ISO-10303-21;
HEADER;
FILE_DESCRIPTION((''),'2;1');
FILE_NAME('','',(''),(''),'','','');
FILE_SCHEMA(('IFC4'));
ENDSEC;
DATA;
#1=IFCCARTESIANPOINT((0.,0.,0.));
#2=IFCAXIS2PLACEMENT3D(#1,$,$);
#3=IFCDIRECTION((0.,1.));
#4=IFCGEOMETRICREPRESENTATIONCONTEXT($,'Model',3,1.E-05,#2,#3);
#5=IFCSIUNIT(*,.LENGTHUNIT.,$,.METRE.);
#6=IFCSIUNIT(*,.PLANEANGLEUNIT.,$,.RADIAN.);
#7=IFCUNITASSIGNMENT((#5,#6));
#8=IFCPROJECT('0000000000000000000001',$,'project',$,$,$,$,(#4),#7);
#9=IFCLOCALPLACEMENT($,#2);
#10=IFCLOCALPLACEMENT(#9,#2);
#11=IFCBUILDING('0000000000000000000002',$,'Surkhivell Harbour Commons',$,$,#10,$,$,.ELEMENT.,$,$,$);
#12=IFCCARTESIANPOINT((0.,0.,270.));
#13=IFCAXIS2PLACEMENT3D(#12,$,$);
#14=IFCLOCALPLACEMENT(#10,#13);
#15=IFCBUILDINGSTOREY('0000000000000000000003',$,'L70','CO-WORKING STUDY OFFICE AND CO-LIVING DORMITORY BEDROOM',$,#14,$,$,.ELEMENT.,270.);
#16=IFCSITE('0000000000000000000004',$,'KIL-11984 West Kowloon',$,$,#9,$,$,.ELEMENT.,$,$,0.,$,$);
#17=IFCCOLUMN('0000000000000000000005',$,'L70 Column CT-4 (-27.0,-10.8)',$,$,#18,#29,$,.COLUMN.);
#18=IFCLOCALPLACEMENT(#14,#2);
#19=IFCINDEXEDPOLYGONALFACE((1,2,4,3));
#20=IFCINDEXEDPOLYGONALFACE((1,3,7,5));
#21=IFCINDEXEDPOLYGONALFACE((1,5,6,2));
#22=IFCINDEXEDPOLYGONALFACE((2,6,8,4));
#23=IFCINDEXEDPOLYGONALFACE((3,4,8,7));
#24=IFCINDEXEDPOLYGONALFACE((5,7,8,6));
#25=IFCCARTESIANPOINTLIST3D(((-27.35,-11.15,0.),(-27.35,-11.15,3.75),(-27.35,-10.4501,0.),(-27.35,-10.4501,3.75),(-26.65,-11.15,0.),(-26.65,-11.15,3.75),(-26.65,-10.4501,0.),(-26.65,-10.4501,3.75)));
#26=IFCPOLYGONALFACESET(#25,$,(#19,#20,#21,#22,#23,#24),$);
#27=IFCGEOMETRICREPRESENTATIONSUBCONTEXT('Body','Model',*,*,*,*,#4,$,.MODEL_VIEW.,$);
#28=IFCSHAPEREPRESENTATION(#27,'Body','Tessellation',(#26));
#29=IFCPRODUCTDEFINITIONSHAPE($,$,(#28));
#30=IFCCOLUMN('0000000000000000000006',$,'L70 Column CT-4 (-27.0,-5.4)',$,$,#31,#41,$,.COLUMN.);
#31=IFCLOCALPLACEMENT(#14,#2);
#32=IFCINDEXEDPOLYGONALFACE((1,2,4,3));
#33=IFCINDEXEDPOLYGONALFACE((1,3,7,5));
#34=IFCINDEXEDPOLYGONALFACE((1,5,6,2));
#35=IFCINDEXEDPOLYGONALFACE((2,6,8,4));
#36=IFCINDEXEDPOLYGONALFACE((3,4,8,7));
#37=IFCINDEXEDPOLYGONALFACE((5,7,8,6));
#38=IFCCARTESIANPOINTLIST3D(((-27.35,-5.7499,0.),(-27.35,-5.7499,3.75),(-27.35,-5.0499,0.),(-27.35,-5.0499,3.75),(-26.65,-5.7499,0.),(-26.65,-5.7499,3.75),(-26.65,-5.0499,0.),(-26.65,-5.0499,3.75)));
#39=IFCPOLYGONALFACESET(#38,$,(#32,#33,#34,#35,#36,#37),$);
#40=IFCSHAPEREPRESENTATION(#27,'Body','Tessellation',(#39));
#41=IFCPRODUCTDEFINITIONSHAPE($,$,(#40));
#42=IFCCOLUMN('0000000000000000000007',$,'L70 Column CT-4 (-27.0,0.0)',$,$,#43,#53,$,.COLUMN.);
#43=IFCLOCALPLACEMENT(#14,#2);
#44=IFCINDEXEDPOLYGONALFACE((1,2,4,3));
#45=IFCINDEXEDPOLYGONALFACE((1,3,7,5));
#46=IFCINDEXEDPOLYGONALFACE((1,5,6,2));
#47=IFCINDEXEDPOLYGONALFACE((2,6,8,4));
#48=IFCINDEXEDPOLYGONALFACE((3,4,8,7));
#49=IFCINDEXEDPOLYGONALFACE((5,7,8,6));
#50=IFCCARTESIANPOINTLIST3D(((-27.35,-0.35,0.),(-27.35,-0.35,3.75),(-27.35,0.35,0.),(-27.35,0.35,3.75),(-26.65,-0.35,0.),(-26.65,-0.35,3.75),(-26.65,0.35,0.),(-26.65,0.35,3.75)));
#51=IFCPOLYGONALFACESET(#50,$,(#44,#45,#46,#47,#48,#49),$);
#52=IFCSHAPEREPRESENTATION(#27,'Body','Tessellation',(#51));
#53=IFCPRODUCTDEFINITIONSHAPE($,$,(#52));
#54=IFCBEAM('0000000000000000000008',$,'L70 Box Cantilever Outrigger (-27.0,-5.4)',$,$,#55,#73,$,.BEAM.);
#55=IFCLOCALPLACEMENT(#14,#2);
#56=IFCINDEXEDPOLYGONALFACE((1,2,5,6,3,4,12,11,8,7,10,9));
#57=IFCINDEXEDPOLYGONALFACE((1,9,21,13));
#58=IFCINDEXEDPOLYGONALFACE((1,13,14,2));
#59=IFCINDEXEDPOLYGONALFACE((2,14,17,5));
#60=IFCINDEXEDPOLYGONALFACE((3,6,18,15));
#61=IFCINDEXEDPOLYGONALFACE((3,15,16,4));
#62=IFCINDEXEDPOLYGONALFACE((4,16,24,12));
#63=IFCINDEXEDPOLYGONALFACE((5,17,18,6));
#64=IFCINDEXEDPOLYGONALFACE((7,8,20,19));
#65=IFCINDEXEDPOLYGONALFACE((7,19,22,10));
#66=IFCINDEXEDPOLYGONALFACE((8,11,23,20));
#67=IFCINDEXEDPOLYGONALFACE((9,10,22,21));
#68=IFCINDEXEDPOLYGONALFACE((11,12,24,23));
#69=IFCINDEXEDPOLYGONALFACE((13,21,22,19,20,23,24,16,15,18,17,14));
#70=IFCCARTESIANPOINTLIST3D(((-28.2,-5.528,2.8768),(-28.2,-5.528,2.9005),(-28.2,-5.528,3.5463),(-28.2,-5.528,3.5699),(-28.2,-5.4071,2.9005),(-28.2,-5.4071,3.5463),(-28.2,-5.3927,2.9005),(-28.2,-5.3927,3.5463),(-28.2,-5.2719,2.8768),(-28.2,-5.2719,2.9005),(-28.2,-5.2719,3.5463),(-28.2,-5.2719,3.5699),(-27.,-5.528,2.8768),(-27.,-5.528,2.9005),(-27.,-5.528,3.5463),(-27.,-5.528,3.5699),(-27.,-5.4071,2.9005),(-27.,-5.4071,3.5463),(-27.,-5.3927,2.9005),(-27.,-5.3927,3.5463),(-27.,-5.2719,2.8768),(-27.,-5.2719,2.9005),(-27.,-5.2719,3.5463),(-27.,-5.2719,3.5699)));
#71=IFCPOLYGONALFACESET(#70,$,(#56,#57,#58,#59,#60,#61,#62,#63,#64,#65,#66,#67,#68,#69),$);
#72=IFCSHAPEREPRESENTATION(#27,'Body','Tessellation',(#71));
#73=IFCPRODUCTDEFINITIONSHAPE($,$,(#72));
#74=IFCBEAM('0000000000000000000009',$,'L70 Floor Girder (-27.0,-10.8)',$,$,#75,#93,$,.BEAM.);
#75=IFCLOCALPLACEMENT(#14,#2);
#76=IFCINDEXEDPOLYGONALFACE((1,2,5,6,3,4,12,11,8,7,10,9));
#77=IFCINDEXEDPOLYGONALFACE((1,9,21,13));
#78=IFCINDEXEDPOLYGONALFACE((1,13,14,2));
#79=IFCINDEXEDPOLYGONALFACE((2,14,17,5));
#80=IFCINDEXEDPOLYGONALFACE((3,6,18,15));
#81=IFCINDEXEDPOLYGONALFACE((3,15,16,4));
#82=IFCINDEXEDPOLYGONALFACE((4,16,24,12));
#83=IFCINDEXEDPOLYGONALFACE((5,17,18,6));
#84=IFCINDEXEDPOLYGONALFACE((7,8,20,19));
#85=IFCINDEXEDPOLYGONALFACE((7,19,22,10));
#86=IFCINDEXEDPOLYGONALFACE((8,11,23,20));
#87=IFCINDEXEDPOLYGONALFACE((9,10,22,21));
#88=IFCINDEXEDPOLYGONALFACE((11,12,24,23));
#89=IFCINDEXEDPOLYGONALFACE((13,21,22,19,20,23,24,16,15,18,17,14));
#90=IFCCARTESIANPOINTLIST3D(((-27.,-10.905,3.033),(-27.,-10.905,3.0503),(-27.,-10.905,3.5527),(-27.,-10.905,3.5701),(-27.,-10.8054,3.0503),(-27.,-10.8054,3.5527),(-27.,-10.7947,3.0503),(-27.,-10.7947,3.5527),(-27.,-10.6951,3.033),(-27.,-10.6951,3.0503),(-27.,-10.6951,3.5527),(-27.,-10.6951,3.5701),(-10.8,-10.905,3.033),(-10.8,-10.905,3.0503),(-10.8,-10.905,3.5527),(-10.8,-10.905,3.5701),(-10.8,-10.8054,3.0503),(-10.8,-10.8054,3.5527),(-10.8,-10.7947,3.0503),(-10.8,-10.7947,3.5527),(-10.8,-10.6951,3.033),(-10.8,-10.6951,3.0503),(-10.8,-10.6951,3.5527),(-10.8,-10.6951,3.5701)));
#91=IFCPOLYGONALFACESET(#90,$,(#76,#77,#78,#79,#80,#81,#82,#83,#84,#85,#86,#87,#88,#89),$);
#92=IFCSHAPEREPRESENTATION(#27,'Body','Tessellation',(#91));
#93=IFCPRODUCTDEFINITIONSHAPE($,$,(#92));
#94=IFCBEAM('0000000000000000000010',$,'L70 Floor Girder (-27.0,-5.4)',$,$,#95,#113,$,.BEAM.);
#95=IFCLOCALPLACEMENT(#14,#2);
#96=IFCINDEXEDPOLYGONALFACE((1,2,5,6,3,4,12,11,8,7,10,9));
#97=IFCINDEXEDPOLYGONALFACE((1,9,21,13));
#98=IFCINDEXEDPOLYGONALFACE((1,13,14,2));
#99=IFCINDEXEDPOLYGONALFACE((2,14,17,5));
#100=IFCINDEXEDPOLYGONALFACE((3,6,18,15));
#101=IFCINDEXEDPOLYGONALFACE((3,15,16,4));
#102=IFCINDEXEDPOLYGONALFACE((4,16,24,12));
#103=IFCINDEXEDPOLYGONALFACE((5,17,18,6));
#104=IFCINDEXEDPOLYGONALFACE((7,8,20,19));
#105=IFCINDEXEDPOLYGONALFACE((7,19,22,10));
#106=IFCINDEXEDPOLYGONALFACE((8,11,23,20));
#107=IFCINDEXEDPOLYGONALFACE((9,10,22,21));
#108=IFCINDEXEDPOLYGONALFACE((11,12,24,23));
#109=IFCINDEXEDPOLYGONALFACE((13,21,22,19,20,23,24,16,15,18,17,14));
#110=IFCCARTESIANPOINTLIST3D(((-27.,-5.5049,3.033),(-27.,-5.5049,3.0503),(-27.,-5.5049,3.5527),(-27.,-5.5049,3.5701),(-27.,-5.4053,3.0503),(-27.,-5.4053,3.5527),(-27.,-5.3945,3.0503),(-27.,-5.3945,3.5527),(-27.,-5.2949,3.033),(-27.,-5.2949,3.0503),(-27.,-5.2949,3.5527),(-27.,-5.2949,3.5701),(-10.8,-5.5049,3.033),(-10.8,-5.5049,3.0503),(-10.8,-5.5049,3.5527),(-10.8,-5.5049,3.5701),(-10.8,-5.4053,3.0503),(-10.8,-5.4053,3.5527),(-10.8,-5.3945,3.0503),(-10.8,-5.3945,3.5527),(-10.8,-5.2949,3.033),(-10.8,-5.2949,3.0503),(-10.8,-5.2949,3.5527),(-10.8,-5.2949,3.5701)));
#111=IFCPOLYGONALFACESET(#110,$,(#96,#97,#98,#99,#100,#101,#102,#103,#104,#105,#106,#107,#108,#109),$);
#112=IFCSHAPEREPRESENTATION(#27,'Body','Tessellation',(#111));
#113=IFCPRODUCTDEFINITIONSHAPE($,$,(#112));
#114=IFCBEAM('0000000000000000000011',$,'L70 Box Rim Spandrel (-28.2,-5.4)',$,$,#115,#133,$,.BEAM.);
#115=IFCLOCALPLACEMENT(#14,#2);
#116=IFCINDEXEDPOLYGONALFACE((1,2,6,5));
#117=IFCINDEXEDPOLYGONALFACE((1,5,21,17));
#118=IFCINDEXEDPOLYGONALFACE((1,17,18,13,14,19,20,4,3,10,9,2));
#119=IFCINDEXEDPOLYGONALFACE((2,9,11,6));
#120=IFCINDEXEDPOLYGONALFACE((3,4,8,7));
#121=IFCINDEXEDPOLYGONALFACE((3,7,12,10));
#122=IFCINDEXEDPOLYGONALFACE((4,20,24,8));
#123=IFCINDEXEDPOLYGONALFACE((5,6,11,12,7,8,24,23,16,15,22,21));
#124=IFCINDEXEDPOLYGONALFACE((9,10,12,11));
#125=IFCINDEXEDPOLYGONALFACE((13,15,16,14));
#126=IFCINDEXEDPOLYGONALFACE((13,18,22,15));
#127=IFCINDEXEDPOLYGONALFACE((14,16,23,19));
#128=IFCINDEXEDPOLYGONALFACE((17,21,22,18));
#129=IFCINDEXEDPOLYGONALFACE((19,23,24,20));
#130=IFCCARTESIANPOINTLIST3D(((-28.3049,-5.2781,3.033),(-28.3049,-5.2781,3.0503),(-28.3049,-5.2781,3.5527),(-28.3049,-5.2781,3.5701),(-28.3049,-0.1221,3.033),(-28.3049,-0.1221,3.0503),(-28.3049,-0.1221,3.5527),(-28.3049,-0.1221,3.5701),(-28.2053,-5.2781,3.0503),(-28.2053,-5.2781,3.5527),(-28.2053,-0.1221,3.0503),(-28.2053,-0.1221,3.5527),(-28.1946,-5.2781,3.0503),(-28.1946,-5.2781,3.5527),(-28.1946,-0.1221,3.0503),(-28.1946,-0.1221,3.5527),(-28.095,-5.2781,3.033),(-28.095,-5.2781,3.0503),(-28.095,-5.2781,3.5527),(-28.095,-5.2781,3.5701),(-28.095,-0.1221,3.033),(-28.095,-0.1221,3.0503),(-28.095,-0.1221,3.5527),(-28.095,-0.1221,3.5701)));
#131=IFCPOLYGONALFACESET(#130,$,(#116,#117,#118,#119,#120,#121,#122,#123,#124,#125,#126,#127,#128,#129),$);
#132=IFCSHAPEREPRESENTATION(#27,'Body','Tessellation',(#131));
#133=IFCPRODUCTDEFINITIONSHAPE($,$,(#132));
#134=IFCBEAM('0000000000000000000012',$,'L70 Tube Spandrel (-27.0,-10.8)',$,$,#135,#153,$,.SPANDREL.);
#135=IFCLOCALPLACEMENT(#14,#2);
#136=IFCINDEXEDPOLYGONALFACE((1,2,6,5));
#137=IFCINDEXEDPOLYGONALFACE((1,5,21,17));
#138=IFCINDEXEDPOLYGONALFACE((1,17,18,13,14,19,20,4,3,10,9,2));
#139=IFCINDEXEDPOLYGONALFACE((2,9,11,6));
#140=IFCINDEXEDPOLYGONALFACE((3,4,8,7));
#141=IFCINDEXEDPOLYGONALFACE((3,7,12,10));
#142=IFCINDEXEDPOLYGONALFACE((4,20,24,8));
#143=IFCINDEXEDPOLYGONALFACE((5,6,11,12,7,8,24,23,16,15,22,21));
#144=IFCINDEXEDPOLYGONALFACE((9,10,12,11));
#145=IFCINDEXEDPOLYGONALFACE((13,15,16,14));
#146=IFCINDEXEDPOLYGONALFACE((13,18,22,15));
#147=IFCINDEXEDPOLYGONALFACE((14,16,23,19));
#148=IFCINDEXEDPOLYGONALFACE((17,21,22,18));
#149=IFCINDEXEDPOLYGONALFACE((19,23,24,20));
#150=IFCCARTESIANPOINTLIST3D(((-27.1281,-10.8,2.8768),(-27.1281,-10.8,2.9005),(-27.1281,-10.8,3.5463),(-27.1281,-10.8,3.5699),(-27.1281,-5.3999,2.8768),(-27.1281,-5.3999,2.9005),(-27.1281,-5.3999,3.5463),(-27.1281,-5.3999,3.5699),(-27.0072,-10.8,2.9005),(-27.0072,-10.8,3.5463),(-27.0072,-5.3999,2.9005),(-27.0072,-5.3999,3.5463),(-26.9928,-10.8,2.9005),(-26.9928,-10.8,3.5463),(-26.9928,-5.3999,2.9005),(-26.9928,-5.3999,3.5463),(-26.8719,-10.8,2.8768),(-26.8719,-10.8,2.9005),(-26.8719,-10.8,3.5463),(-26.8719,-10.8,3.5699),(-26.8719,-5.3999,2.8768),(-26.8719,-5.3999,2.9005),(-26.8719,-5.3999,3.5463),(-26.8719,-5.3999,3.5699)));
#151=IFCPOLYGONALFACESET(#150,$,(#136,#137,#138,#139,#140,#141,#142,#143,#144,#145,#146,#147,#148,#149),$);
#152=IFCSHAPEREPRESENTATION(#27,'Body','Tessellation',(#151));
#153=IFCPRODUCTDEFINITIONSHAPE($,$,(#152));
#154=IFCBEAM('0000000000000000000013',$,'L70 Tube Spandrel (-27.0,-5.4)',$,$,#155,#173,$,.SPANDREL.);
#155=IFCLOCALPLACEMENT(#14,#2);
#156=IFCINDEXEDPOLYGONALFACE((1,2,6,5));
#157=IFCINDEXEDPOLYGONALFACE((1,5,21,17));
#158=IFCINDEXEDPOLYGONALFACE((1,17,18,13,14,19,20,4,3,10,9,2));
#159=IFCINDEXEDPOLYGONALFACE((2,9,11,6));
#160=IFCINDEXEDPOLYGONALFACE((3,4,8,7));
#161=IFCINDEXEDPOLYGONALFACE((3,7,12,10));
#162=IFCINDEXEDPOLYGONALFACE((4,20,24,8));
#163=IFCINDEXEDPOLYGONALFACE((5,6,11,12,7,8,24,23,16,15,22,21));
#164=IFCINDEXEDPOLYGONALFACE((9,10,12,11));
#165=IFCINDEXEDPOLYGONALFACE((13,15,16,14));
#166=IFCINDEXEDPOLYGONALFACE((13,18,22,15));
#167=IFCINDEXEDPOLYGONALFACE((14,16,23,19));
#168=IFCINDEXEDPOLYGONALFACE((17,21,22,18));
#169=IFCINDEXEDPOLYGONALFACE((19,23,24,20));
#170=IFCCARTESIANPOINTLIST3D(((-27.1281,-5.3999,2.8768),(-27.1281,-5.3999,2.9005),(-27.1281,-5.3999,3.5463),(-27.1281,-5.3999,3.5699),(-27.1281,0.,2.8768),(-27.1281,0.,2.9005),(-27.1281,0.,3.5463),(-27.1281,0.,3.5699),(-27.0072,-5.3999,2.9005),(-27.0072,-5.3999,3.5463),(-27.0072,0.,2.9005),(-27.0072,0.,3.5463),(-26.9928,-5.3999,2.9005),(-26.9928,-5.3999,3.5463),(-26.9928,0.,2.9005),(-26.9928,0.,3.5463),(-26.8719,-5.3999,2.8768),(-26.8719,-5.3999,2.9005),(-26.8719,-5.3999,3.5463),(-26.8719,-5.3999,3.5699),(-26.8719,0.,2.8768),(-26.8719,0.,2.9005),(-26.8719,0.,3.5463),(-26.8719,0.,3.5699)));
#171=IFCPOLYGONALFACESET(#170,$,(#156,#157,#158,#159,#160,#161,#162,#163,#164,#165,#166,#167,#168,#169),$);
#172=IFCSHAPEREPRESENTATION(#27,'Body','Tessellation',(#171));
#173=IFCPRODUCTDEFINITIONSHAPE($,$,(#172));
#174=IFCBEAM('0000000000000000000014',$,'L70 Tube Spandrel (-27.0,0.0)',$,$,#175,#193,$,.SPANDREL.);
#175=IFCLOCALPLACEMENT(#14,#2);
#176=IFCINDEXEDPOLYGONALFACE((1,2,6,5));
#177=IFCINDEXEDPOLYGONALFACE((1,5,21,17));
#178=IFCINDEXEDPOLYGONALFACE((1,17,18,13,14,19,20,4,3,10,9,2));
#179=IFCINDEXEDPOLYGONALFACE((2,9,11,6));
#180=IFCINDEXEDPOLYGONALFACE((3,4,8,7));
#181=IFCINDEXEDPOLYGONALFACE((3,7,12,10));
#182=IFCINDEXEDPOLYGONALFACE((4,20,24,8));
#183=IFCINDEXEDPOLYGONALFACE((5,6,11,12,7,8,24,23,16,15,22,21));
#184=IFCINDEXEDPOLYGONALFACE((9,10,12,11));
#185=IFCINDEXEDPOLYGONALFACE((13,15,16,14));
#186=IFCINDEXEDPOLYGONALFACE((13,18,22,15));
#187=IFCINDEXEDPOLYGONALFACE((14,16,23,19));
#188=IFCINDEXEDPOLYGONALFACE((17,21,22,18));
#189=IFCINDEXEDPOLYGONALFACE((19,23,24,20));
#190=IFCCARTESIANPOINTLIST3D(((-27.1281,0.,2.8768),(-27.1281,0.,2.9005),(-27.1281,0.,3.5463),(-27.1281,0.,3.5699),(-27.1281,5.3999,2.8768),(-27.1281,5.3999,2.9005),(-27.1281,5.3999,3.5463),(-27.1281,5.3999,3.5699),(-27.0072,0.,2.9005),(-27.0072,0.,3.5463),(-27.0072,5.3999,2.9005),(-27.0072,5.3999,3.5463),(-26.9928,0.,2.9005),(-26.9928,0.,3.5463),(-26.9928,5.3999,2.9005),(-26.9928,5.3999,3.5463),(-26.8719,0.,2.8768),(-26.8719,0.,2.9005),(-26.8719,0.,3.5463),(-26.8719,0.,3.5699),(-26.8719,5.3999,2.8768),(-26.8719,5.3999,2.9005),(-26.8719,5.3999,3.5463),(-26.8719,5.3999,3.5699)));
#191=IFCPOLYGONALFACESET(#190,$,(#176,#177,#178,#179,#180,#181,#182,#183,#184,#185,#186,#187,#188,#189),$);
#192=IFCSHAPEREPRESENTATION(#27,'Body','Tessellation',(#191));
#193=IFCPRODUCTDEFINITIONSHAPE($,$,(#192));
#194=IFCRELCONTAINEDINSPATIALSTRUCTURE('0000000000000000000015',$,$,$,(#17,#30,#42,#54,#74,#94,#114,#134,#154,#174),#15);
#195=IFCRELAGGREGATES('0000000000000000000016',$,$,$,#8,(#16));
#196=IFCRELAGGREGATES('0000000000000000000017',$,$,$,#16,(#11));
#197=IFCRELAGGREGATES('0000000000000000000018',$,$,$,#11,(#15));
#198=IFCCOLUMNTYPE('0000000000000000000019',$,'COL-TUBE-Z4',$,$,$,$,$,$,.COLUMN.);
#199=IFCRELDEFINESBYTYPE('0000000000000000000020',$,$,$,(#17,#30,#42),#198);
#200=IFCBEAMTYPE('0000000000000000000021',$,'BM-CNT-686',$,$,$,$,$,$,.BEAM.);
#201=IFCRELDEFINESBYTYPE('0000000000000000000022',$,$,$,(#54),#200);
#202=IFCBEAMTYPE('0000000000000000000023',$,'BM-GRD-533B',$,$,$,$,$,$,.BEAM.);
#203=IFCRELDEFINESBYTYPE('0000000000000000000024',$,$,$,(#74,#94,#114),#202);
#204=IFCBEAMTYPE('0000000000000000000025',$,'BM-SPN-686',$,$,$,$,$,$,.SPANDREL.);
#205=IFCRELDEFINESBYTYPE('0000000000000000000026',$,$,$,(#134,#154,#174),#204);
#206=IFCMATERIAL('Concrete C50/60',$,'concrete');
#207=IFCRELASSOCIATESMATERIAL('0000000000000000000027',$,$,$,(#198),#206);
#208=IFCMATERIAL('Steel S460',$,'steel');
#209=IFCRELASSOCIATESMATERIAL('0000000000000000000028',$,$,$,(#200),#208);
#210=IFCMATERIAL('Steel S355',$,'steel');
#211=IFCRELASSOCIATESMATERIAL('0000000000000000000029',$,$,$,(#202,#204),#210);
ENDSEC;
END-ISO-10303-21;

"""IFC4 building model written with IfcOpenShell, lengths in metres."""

from ifc_helpers import new_model, si_unit, direction, frame, origin, origin_2d, place, context, subcontext, project, spatial, rectangle, i_section, extrude, material, material_profile, profile_set, type_object, element, save


model = new_model("IFC4")

# Units and contexts
model_context = context("Model", 3, precision=1e-05, world=origin(), true_north=direction((0.0, 1.0)))
body_context = subcontext(model_context, "Body", "Model", "MODEL_VIEW")
ifc_project = project(units=[si_unit("LENGTHUNIT", "METRE"), si_unit("PLANEANGLEUNIT", "RADIAN")], contexts=[model_context])

# Site, building, storey
site_placement = place(None, origin())
site = spatial("IfcSite", under=ifc_project, at=site_placement, Name="KIL-11984 West Kowloon", CompositionType="ELEMENT", RefElevation=0.0)
building_placement = place(site_placement, origin())
building = spatial("IfcBuilding", under=site, at=building_placement, Name="Surkhivell Harbour Commons", CompositionType="ELEMENT")
storey_placement = place(building_placement, frame((0.0, 0.0, 270.0)))
storey = spatial("IfcBuildingStorey", under=building, at=storey_placement, Name="L70", Description="CO-WORKING STUDY OFFICE AND CO-LIVING DORMITORY BEDROOM", CompositionType="ELEMENT", Elevation=270.0)

# Columns
ifc_material_1 = material(Name="Concrete C50/60", Category="concrete")
ifc_material_profile_1 = material_profile(ifc_material_1, rectangle(XDim=0.7, YDim=0.7, at=origin_2d()), Name="RC-COL-700x700")
ifc_profile_set_1 = profile_set([ifc_material_profile_1], Name="Concrete C50/60")
column_type = type_object("IfcColumnType", Name="COL-TUBE-Z4", PredefinedType="COLUMN", material=ifc_profile_set_1)
for number, where, z_axis, x_axis, name in (
    (1, (-27.0, -10.8, 0.0), (0.0, 0.0, 1.0), (1.0, 0.0, 0.0), "L70 Column CT-4 (-27.0,-10.8)"),
    (2, (-27.0, -5.3999, 0.0), (0.0, 0.0, 1.0), (1.0, 0.0, 0.0), "L70 Column CT-4 (-27.0,-5.4)"),
    (3, (-27.0, 0.0, 0.0), (0.0, 0.0, 1.0), (1.0, 0.0, 0.0), "L70 Column CT-4 (-27.0,0.0)"),
):
    element("IfcColumn", number, at=place(storey_placement, frame(where, z_axis=z_axis, x_axis=x_axis)), inside=storey, type_object=column_type, Name=name, PredefinedType="COLUMN", context=body_context, shape_type="SweptSolid", body=[
        extrude(rectangle(XDim=0.7, YDim=0.7, at=origin_2d()), origin(), (0.0, 0.0, 1.0), 3.75),
    ])

# Beams
ifc_material_2 = material(Name="Steel S460", Category="steel")
ifc_material_profile_2 = material_profile(ifc_material_2, i_section(OverallWidth=0.2561, OverallDepth=0.6931, WebThickness=0.0144, FlangeThickness=0.0237, at=origin_2d()), Name="UB686x254x170")
ifc_profile_set_2 = profile_set([ifc_material_profile_2], Name="Steel S460")
beam_type_1 = type_object("IfcBeamType", Name="BM-CNT-686", PredefinedType="BEAM", material=ifc_profile_set_2)
beam_1_placement = place(storey_placement, frame((-27.0, -5.3999, 3.2234), z_axis=(-1.0, 0.0, 0.0), x_axis=(0.0, -1.0, 0.0)))
element("IfcBeam", 4, at=beam_1_placement, inside=storey, type_object=beam_type_1, Name="L70 Box Cantilever Outrigger (-27.0,-5.4)", PredefinedType="BEAM", context=body_context, shape_type="SweptSolid", body=[
    extrude(i_section(OverallWidth=0.2561, OverallDepth=0.6931, WebThickness=0.0144, FlangeThickness=0.0237, at=origin_2d()), origin(), (0.0, 0.0, 1.0), 1.2),
])
ifc_material_3 = material(Name="Steel S355", Category="steel")
ifc_material_profile_3 = material_profile(ifc_material_3, i_section(OverallWidth=0.21, OverallDepth=0.5371, WebThickness=0.0107, FlangeThickness=0.0173, at=origin_2d()), Name="UB533x210x101")
ifc_profile_set_3 = profile_set([ifc_material_profile_3], Name="Steel S355")
beam_type_2 = type_object("IfcBeamType", Name="BM-GRD-533B", PredefinedType="BEAM", material=ifc_profile_set_3)
for number, where, z_axis, x_axis, name in (
    (5, (-27.0, -10.8, 3.3015), (1.0, 0.0, 0.0), (0.0, 1.0, 0.0), "L70 Floor Girder (-27.0,-10.8)"),
    (6, (-27.0, -5.3999, 3.3015), (1.0, 0.0, 0.0), (0.0, 1.0, 0.0), "L70 Floor Girder (-27.0,-5.4)"),
):
    element("IfcBeam", number, at=place(storey_placement, frame(where, z_axis=z_axis, x_axis=x_axis)), inside=storey, type_object=beam_type_2, Name=name, PredefinedType="BEAM", context=body_context, shape_type="SweptSolid", body=[
        extrude(i_section(OverallWidth=0.21, OverallDepth=0.5371, WebThickness=0.0107, FlangeThickness=0.0173, at=origin_2d()), origin(), (0.0, 0.0, 1.0), 16.2),
    ])
beam_2_placement = place(storey_placement, frame((-28.2, -5.2781, 3.3015), z_axis=(0.0, 1.0, 0.0), x_axis=(-1.0, 0.0, 0.0)))
element("IfcBeam", 7, at=beam_2_placement, inside=storey, type_object=beam_type_2, Name="L70 Box Rim Spandrel (-28.2,-5.4)", PredefinedType="BEAM", context=body_context, shape_type="SweptSolid", body=[
    extrude(i_section(OverallWidth=0.21, OverallDepth=0.5371, WebThickness=0.0107, FlangeThickness=0.0173, at=origin_2d()), origin(), (0.0, 0.0, 1.0), 5.156),
])
ifc_material_profile_4 = material_profile(ifc_material_3, i_section(OverallWidth=0.2561, OverallDepth=0.6931, WebThickness=0.0144, FlangeThickness=0.0237, at=origin_2d()), Name="UB686x254x170")
ifc_profile_set_4 = profile_set([ifc_material_profile_4], Name="Steel S355")
beam_type_3 = type_object("IfcBeamType", Name="BM-SPN-686", PredefinedType="SPANDREL", material=ifc_profile_set_4)
beam_3_placement = place(storey_placement, frame((-27.0, -10.8, 3.2234), z_axis=(0.0, 1.0, 0.0), x_axis=(-1.0, 0.0, 0.0)))
element("IfcBeam", 8, at=beam_3_placement, inside=storey, type_object=beam_type_3, Name="L70 Tube Spandrel (-27.0,-10.8)", PredefinedType="SPANDREL", context=body_context, shape_type="SweptSolid", body=[
    extrude(i_section(OverallWidth=0.2561, OverallDepth=0.6931, WebThickness=0.0144, FlangeThickness=0.0237, at=origin_2d()), origin(), (0.0, 0.0, 1.0), 5.4001),
])
for number, where, z_axis, x_axis, name in (
    (9, (-27.0, -5.3999, 3.2234), (0.0, 1.0, 0.0), (-1.0, 0.0, 0.0), "L70 Tube Spandrel (-27.0,-5.4)"),
    (10, (-27.0, 0.0, 3.2234), (0.0, 1.0, 0.0), (-1.0, 0.0, 0.0), "L70 Tube Spandrel (-27.0,0.0)"),
):
    element("IfcBeam", number, at=place(storey_placement, frame(where, z_axis=z_axis, x_axis=x_axis)), inside=storey, type_object=beam_type_3, Name=name, PredefinedType="SPANDREL", context=body_context, shape_type="SweptSolid", body=[
        extrude(i_section(OverallWidth=0.2561, OverallDepth=0.6931, WebThickness=0.0144, FlangeThickness=0.0237, at=origin_2d()), origin(), (0.0, 0.0, 1.0), 5.3999),
    ])

save(model, "model.ifc")
